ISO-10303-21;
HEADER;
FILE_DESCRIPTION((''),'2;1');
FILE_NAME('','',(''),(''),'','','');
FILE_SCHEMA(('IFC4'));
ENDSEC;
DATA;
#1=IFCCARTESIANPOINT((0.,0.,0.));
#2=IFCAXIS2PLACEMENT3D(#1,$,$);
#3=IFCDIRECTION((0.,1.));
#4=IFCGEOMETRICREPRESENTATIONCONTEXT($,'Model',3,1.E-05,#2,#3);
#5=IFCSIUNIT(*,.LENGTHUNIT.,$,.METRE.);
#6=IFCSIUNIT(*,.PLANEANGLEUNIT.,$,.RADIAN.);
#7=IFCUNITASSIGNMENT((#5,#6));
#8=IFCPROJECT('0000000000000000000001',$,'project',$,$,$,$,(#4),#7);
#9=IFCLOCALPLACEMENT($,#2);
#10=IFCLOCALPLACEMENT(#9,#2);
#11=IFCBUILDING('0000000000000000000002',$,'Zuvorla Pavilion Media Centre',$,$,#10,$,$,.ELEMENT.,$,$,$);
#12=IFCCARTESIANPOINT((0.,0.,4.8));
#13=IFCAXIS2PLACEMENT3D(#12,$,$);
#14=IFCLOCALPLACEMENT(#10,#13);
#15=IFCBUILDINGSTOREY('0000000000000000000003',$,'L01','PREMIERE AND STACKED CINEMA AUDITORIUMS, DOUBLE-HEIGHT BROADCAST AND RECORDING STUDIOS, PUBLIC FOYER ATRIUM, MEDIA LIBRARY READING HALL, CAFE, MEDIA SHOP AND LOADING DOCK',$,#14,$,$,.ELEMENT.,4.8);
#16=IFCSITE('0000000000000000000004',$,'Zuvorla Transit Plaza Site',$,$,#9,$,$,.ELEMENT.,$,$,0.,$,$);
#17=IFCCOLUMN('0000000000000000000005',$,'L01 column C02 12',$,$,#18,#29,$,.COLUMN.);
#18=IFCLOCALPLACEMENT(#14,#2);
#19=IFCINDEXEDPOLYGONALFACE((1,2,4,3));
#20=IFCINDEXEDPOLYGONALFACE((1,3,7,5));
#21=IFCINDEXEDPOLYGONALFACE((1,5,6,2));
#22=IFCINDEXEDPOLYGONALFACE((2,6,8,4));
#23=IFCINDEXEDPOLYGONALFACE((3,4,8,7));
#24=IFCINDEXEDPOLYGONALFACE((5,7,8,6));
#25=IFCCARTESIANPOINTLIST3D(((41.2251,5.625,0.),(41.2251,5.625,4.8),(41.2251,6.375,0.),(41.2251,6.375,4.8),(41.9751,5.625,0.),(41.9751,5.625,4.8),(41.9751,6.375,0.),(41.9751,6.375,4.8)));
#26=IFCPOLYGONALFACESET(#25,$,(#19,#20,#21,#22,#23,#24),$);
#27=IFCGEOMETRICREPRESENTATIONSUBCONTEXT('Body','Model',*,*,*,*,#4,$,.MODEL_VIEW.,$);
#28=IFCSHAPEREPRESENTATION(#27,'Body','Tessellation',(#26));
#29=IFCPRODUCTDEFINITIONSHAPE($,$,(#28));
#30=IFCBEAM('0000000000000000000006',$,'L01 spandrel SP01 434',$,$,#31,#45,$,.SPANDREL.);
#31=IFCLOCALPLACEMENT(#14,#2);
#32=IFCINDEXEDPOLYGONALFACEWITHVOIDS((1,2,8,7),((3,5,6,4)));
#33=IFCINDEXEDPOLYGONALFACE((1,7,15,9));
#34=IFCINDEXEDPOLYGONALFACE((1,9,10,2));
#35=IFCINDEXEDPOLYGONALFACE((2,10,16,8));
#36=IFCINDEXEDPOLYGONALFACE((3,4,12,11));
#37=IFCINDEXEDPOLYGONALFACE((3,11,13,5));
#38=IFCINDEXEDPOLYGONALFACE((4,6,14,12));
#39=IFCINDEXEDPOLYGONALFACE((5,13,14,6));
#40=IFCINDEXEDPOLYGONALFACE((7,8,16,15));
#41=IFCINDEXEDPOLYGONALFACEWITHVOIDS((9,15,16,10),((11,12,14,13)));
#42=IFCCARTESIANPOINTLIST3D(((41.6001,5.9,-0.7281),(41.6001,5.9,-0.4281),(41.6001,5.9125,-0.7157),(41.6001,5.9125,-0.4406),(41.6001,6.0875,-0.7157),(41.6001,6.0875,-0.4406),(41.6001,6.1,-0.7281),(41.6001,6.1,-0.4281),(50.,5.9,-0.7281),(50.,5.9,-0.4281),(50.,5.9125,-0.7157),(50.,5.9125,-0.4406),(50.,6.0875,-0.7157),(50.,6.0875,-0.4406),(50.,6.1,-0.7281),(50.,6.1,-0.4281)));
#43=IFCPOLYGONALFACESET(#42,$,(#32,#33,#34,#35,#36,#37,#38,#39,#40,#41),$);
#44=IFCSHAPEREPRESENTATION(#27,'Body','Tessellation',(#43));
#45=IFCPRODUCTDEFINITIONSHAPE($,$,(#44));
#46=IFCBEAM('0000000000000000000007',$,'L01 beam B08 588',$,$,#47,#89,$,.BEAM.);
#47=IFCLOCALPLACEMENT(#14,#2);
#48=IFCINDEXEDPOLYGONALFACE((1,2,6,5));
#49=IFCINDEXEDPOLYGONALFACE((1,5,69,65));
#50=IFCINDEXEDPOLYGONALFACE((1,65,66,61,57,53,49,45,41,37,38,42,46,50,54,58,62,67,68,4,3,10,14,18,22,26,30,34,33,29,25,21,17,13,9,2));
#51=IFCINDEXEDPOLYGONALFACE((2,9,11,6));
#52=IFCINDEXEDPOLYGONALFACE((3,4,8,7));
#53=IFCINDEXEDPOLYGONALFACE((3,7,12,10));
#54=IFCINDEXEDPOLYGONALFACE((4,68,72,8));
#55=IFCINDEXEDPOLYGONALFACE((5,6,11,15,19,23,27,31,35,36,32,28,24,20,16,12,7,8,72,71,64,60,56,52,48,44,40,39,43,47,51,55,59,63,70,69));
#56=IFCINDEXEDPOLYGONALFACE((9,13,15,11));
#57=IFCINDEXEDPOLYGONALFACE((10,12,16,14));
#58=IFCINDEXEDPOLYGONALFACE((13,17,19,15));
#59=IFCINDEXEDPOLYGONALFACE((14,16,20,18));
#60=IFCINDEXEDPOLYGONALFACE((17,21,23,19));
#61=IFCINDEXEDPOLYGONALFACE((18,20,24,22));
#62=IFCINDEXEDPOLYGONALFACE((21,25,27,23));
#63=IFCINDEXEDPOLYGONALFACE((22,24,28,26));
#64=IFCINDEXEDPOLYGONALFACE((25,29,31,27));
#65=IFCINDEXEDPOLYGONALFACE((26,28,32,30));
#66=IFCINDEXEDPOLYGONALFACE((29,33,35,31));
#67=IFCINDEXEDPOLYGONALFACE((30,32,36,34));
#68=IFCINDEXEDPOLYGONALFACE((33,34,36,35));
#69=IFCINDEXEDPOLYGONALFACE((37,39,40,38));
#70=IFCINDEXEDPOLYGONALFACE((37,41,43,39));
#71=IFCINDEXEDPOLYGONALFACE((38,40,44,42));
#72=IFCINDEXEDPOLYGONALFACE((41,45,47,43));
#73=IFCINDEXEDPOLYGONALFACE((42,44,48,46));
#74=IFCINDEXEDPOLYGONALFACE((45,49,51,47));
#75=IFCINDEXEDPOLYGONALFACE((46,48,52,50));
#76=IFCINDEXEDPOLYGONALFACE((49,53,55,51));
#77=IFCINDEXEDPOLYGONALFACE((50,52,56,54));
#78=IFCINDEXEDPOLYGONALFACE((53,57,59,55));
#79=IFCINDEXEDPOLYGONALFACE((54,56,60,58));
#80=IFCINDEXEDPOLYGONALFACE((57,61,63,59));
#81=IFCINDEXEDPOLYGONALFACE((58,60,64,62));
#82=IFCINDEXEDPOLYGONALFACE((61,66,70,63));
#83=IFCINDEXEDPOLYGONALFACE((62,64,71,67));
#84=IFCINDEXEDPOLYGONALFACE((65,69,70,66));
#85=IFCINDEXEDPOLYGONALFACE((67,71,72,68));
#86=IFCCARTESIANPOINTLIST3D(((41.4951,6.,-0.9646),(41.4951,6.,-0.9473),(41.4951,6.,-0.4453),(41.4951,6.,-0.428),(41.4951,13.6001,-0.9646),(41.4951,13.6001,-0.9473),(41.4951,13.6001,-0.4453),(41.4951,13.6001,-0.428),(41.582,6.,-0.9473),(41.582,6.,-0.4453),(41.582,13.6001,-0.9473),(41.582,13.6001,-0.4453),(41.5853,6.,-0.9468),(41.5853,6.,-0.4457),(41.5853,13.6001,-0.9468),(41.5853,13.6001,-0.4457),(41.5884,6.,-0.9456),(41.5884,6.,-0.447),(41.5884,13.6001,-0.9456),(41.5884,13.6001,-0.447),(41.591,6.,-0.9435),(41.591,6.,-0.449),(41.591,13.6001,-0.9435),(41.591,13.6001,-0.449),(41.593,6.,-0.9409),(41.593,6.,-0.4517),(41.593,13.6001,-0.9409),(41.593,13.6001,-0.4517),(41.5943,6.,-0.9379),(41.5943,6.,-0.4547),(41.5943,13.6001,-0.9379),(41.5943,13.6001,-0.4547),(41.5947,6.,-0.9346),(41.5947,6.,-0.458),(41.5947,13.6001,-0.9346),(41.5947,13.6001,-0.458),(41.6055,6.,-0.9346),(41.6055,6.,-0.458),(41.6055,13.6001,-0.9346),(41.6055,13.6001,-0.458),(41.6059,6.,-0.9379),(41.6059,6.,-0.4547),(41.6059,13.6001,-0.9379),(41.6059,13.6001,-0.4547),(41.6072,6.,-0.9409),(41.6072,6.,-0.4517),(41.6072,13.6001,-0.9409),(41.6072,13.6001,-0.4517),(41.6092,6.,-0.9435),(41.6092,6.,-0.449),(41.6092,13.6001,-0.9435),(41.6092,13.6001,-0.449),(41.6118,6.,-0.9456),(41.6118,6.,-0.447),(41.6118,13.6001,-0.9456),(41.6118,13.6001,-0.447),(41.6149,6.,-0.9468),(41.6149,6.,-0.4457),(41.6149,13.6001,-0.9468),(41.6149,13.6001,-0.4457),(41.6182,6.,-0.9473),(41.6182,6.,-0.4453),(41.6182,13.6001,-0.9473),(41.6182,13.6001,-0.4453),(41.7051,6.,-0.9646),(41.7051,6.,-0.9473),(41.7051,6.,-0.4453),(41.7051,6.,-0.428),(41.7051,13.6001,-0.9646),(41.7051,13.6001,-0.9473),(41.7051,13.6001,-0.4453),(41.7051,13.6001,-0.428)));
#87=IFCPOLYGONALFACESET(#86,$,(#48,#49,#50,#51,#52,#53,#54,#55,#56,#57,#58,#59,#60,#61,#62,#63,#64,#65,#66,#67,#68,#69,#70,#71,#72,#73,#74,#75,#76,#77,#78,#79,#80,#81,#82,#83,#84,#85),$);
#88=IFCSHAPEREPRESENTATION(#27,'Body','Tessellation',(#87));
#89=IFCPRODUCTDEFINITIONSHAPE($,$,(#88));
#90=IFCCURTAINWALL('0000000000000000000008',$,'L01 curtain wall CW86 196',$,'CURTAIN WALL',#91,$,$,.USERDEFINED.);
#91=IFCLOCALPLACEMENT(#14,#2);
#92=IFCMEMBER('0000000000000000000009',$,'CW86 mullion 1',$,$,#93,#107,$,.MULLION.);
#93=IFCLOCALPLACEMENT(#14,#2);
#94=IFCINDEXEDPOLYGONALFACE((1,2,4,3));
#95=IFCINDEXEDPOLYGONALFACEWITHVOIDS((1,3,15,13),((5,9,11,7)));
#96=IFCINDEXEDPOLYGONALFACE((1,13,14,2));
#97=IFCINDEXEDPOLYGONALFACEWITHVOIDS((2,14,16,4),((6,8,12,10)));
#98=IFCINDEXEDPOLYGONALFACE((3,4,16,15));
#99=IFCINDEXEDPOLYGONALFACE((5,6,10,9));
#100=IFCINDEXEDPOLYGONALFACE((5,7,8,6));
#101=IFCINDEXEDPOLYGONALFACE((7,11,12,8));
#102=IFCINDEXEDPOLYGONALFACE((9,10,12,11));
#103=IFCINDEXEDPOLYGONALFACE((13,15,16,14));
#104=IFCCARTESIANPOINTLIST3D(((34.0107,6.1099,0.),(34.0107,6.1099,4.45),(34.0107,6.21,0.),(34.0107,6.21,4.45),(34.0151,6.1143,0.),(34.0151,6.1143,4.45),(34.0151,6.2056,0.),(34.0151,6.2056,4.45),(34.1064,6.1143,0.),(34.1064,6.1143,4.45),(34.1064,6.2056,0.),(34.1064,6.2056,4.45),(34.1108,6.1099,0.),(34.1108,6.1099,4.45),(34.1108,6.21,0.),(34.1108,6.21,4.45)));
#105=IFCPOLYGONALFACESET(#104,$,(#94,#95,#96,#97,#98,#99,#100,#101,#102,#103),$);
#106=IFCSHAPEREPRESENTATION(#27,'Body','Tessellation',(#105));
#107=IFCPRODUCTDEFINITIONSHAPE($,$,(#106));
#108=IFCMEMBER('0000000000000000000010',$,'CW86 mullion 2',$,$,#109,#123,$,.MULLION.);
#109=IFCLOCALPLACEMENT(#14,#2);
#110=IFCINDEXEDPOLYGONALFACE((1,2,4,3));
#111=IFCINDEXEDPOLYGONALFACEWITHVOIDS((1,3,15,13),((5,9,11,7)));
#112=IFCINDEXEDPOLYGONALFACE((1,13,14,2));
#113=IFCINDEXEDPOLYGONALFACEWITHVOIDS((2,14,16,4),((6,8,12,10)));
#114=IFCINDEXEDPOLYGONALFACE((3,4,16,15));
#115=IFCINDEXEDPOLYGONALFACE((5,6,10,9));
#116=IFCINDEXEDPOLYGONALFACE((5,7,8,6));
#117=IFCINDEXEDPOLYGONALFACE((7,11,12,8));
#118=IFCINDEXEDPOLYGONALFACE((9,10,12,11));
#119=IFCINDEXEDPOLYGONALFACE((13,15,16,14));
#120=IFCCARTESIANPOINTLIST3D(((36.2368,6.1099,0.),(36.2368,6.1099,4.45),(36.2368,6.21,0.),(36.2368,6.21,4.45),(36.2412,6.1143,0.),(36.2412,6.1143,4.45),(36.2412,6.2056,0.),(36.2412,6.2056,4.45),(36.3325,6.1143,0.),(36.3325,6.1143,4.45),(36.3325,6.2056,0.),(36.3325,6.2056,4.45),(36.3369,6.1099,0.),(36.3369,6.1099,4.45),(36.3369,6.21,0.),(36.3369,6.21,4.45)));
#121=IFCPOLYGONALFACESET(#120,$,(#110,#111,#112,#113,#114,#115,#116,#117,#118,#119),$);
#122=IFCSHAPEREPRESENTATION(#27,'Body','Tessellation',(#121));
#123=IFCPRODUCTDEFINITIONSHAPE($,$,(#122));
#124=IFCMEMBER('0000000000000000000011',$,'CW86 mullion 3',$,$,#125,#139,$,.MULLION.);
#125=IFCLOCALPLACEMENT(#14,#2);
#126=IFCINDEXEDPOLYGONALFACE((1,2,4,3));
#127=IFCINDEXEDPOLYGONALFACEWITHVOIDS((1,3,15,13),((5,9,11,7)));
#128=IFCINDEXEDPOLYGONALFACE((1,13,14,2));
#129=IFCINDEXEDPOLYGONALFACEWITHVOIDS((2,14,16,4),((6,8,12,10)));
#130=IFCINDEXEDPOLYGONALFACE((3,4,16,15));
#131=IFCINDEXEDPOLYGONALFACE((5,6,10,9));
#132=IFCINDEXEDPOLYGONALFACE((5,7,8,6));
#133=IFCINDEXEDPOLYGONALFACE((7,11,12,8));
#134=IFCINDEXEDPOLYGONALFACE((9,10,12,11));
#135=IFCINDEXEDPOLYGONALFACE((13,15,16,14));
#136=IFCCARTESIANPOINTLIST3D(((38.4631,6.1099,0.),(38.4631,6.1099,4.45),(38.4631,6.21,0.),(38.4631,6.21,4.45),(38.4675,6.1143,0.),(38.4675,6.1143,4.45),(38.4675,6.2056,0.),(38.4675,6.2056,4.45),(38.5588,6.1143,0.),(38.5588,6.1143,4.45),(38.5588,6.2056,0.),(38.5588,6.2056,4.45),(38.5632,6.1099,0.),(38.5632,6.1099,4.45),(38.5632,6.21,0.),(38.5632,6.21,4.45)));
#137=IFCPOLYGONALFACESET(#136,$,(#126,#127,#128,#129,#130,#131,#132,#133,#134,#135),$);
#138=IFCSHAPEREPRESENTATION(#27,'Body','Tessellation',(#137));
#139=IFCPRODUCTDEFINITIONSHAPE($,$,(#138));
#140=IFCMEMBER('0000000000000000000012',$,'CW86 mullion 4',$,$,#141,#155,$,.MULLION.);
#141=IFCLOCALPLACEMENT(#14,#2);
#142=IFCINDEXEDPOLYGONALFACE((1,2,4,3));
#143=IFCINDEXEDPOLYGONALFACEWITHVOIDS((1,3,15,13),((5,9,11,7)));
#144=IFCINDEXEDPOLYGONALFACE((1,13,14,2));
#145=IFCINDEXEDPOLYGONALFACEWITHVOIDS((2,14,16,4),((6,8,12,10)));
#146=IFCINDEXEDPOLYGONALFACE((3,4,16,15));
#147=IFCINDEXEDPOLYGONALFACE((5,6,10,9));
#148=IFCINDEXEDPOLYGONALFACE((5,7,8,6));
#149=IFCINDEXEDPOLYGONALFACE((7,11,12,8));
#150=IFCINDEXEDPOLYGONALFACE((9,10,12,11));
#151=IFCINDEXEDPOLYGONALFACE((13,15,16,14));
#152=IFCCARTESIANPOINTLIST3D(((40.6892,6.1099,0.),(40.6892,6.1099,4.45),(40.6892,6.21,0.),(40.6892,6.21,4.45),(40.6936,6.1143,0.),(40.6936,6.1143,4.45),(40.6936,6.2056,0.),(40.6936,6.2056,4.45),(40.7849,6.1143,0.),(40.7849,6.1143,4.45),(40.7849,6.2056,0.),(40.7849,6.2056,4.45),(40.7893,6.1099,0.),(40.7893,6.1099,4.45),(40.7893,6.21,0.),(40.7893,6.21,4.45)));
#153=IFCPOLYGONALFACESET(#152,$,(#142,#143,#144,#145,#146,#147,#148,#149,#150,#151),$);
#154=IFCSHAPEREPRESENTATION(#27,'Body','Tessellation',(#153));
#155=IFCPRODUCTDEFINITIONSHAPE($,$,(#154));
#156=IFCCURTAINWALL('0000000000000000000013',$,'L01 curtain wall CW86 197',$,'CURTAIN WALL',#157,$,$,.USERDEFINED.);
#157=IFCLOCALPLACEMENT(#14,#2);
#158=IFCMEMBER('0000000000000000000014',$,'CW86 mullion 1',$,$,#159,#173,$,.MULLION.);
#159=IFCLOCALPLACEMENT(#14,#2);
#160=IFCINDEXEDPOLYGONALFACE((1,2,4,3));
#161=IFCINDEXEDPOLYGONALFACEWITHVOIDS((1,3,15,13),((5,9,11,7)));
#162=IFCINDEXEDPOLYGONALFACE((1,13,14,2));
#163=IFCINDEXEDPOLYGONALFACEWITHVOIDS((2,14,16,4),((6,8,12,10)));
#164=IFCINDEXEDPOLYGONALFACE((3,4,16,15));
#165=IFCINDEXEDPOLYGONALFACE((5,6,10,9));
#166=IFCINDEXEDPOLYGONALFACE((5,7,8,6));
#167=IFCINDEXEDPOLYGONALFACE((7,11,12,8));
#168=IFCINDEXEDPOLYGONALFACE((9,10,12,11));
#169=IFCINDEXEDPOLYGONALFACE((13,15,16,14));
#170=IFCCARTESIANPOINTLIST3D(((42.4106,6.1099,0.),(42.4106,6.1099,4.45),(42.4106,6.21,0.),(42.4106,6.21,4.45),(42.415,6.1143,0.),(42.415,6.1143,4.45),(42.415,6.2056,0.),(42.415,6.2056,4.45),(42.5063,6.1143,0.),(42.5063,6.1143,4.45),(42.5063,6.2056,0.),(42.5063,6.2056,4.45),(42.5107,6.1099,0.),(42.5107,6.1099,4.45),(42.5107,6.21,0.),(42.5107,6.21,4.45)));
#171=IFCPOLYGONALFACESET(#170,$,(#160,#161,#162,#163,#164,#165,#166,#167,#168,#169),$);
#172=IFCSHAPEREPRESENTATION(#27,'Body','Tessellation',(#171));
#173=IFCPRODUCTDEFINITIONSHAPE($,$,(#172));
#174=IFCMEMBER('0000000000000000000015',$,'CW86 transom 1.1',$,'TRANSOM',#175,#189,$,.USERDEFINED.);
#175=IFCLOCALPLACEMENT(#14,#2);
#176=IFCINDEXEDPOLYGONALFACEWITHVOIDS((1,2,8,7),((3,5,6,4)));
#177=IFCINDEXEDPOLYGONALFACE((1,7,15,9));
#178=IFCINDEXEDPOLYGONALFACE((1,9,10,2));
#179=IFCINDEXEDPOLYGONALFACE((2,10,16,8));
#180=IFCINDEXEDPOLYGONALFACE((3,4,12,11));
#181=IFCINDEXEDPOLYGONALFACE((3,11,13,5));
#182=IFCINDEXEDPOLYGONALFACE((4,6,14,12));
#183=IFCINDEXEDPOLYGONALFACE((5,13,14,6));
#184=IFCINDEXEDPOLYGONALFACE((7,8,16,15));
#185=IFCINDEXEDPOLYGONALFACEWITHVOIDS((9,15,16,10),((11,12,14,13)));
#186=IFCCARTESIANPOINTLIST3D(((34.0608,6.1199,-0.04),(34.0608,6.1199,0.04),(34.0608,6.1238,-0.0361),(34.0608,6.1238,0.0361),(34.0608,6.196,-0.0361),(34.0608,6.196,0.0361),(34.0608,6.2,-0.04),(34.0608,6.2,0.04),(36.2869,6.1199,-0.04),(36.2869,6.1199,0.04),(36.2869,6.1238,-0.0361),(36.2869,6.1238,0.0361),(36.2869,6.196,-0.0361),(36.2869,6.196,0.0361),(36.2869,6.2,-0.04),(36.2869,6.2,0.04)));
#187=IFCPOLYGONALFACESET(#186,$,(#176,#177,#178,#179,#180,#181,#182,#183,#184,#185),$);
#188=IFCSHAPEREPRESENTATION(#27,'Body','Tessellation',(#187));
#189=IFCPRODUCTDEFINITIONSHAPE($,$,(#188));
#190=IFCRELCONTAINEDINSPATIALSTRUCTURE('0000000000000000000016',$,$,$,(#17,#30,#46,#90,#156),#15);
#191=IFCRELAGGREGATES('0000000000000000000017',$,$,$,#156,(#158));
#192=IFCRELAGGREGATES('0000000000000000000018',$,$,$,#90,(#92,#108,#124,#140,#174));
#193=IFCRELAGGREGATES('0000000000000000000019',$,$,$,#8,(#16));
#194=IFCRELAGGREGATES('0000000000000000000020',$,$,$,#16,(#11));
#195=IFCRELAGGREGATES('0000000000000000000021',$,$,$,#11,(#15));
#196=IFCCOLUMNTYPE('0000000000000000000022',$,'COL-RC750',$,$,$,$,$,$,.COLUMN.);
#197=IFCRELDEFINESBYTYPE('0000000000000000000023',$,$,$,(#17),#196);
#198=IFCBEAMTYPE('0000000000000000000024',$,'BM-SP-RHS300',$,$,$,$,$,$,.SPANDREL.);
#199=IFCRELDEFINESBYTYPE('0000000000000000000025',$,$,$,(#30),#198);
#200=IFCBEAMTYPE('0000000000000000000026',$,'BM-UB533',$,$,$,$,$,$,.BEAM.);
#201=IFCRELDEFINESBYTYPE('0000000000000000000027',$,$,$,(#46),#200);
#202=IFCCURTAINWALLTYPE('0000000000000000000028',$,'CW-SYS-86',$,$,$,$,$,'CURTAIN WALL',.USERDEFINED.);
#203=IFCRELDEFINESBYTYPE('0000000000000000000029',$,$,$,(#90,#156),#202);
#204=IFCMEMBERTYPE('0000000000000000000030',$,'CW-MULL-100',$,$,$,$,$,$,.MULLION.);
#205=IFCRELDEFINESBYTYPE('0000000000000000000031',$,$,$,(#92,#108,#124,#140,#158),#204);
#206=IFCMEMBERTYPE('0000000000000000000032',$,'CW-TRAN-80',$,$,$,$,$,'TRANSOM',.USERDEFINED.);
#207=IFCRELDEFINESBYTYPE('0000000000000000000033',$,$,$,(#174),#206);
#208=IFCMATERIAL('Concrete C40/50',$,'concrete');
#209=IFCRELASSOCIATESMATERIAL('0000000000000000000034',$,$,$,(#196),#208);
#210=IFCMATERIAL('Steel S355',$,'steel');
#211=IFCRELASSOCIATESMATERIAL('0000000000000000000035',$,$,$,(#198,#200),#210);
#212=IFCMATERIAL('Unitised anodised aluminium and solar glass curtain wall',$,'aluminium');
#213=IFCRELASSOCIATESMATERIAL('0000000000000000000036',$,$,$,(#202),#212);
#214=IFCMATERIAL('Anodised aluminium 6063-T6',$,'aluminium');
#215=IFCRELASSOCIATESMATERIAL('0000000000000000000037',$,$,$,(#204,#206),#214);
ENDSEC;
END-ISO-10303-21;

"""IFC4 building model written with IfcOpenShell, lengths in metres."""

from ifc_helpers import new_model, si_unit, direction, frame, origin, origin_2d, place, context, subcontext, project, spatial, rectangle, hollow_rectangle, i_section, extrude, material, material_profile, profile_set, type_object, element, aggregate, save


model = new_model("IFC4")

# Units and contexts
model_context = context("Model", 3, precision=1e-05, world=origin(), true_north=direction((0.0, 1.0)))
body_context = subcontext(model_context, "Body", "Model", "MODEL_VIEW")
ifc_project = project(units=[si_unit("LENGTHUNIT", "METRE"), si_unit("PLANEANGLEUNIT", "RADIAN")], contexts=[model_context])

# Site, building, storey
site_placement = place(None, origin())
site = spatial("IfcSite", under=ifc_project, at=site_placement, Name="Zuvorla Transit Plaza Site", CompositionType="ELEMENT", RefElevation=0.0)
building_placement = place(site_placement, origin())
building = spatial("IfcBuilding", under=site, at=building_placement, Name="Zuvorla Pavilion Media Centre", CompositionType="ELEMENT")
storey_placement = place(building_placement, frame((0.0, 0.0, 4.8)))
storey = spatial("IfcBuildingStorey", under=building, at=storey_placement, Name="L01", Description="PREMIERE AND STACKED CINEMA AUDITORIUMS, DOUBLE-HEIGHT BROADCAST AND RECORDING STUDIOS, PUBLIC FOYER ATRIUM, MEDIA LIBRARY READING HALL, CAFE, MEDIA SHOP AND LOADING DOCK", CompositionType="ELEMENT", Elevation=4.8)

# Column
ifc_material_1 = material(Name="Concrete C40/50", Category="concrete")
ifc_material_profile_1 = material_profile(ifc_material_1, rectangle(XDim=0.75, YDim=0.75, at=origin_2d()), Name="RC 750x750")
ifc_profile_set_1 = profile_set([ifc_material_profile_1], Name="Concrete C40/50")
column_type = type_object("IfcColumnType", Name="COL-RC750", PredefinedType="COLUMN", material=ifc_profile_set_1)
column_placement = place(storey_placement, frame((41.6001, 6.0, 0.0), z_axis=(0.0, 0.0, 1.0), x_axis=(1.0, 0.0, 0.0)))
element("IfcColumn", 1, at=column_placement, inside=storey, type_object=column_type, Name="L01 column C02 12", PredefinedType="COLUMN", context=body_context, shape_type="SweptSolid", body=[
    extrude(rectangle(XDim=0.75, YDim=0.75, at=origin_2d()), origin(), (0.0, 0.0, 1.0), 4.8),
])

# Beams
ifc_material_2 = material(Name="Steel S355", Category="steel")
ifc_material_profile_2 = material_profile(ifc_material_2, hollow_rectangle(XDim=0.2, YDim=0.3, WallThickness=0.0125, at=origin_2d()), Name="RHS 300x200x12.5")
ifc_profile_set_2 = profile_set([ifc_material_profile_2], Name="Steel S355")
beam_type_1 = type_object("IfcBeamType", Name="BM-SP-RHS300", PredefinedType="SPANDREL", material=ifc_profile_set_2)
beam_1_placement = place(storey_placement, frame((41.6001, 6.0, -0.5781), z_axis=(1.0, 0.0, 0.0), x_axis=(0.0, 1.0, 0.0)))
element("IfcBeam", 2, at=beam_1_placement, inside=storey, type_object=beam_type_1, Name="L01 spandrel SP01 434", PredefinedType="SPANDREL", context=body_context, shape_type="SweptSolid", body=[
    extrude(hollow_rectangle(XDim=0.2, YDim=0.3, WallThickness=0.0125, at=origin_2d()), origin(), (0.0, 0.0, 1.0), 8.3999),
])
ifc_material_profile_3 = material_profile(ifc_material_2, i_section(OverallWidth=0.21, OverallDepth=0.5366, WebThickness=0.0107, FlangeThickness=0.0173, FilletRadius=0.0127, at=origin_2d()), Name="UB 533x210x101")
ifc_profile_set_3 = profile_set([ifc_material_profile_3], Name="Steel S355")
beam_type_2 = type_object("IfcBeamType", Name="BM-UB533", PredefinedType="BEAM", material=ifc_profile_set_3)
beam_2_placement = place(storey_placement, frame((41.6001, 6.0, -0.6963), z_axis=(0.0, 1.0, 0.0), x_axis=(-1.0, 0.0, 0.0)))
element("IfcBeam", 3, at=beam_2_placement, inside=storey, type_object=beam_type_2, Name="L01 beam B08 588", PredefinedType="BEAM", context=body_context, shape_type="SweptSolid", body=[
    extrude(i_section(OverallWidth=0.21, OverallDepth=0.5366, WebThickness=0.0107, FlangeThickness=0.0173, FilletRadius=0.0127, at=origin_2d()), origin(), (0.0, 0.0, 1.0), 7.6001),
])

# Curtain wall, members
ifc_material_3 = material(Name="Unitised anodised aluminium and solar glass curtain wall", Category="aluminium")
curtain_wall_type = type_object("IfcCurtainWallType", Name="CW-SYS-86", ElementType="CURTAIN WALL", PredefinedType="USERDEFINED", material=ifc_material_3)
curtain_wall_1_placement = place(storey_placement, origin())
curtain_wall_1 = element("IfcCurtainWall", 4, at=curtain_wall_1_placement, inside=storey, type_object=curtain_wall_type, Name="L01 curtain wall CW86 196", ObjectType="CURTAIN WALL", PredefinedType="USERDEFINED")
ifc_material_4 = material(Name="Anodised aluminium 6063-T6", Category="aluminium")
ifc_material_profile_4 = material_profile(ifc_material_4, hollow_rectangle(XDim=0.1001, YDim=0.1001, WallThickness=0.0044, at=origin_2d()), Name="ALU MULL 100x100")
ifc_profile_set_4 = profile_set([ifc_material_profile_4], Name="Anodised aluminium 6063-T6")
member_type_1 = type_object("IfcMemberType", Name="CW-MULL-100", PredefinedType="MULLION", material=ifc_profile_set_4)
member_1_placement = place(storey_placement, frame((34.0608, 6.1599, 0.0), z_axis=(0.0, 0.0, 1.0), x_axis=(1.0, 0.0, 0.0)))
member_1 = element("IfcMember", 5, at=member_1_placement, type_object=member_type_1, Name="CW86 mullion 1", PredefinedType="MULLION", context=body_context, shape_type="SweptSolid", body=[
    extrude(hollow_rectangle(XDim=0.1001, YDim=0.1001, WallThickness=0.0044, at=origin_2d()), origin(), (0.0, 0.0, 1.0), 4.45),
])
member_2_placement = place(storey_placement, frame((36.2869, 6.1599, 0.0), z_axis=(0.0, 0.0, 1.0), x_axis=(1.0, 0.0, 0.0)))
member_2 = element("IfcMember", 6, at=member_2_placement, type_object=member_type_1, Name="CW86 mullion 2", PredefinedType="MULLION", context=body_context, shape_type="SweptSolid", body=[
    extrude(hollow_rectangle(XDim=0.1001, YDim=0.1001, WallThickness=0.0044, at=origin_2d()), origin(), (0.0, 0.0, 1.0), 4.45),
])
member_3_placement = place(storey_placement, frame((38.5132, 6.1599, 0.0), z_axis=(0.0, 0.0, 1.0), x_axis=(1.0, 0.0, 0.0)))
member_3 = element("IfcMember", 7, at=member_3_placement, type_object=member_type_1, Name="CW86 mullion 3", PredefinedType="MULLION", context=body_context, shape_type="SweptSolid", body=[
    extrude(hollow_rectangle(XDim=0.1001, YDim=0.1001, WallThickness=0.0044, at=origin_2d()), origin(), (0.0, 0.0, 1.0), 4.45),
])
member_4_placement = place(storey_placement, frame((40.7393, 6.1599, 0.0), z_axis=(0.0, 0.0, 1.0), x_axis=(1.0, 0.0, 0.0)))
member_4 = element("IfcMember", 8, at=member_4_placement, type_object=member_type_1, Name="CW86 mullion 4", PredefinedType="MULLION", context=body_context, shape_type="SweptSolid", body=[
    extrude(hollow_rectangle(XDim=0.1001, YDim=0.1001, WallThickness=0.0044, at=origin_2d()), origin(), (0.0, 0.0, 1.0), 4.45),
])

# Curtain wall, member
curtain_wall_2_placement = place(storey_placement, origin())
curtain_wall_2 = element("IfcCurtainWall", 9, at=curtain_wall_2_placement, inside=storey, type_object=curtain_wall_type, Name="L01 curtain wall CW86 197", ObjectType="CURTAIN WALL", PredefinedType="USERDEFINED")
member_5_placement = place(storey_placement, frame((42.4607, 6.1599, 0.0), z_axis=(0.0, 0.0, 1.0), x_axis=(1.0, 0.0, 0.0)))
member_5 = element("IfcMember", 10, at=member_5_placement, type_object=member_type_1, Name="CW86 mullion 1", PredefinedType="MULLION", context=body_context, shape_type="SweptSolid", body=[
    extrude(hollow_rectangle(XDim=0.1001, YDim=0.1001, WallThickness=0.0044, at=origin_2d()), origin(), (0.0, 0.0, 1.0), 4.45),
])

# Member
ifc_material_profile_5 = material_profile(ifc_material_4, hollow_rectangle(XDim=0.0801, YDim=0.0801, WallThickness=0.0039, at=origin_2d()), Name="ALU TRAN 80x80")
ifc_profile_set_5 = profile_set([ifc_material_profile_5], Name="Anodised aluminium 6063-T6")
member_type_2 = type_object("IfcMemberType", Name="CW-TRAN-80", ElementType="TRANSOM", PredefinedType="USERDEFINED", material=ifc_profile_set_5)
member_6_placement = place(storey_placement, frame((34.0608, 6.1599, 0.0), z_axis=(1.0, 0.0, 0.0), x_axis=(0.0, 1.0, 0.0)))
member_6 = element("IfcMember", 11, at=member_6_placement, type_object=member_type_2, Name="CW86 transom 1.1", ObjectType="TRANSOM", PredefinedType="USERDEFINED", context=body_context, shape_type="SweptSolid", body=[
    extrude(hollow_rectangle(XDim=0.0801, YDim=0.0801, WallThickness=0.0039, at=origin_2d()), origin(), (0.0, 0.0, 1.0), 2.2261),
])
aggregate(curtain_wall_2, [member_5])

aggregate(curtain_wall_1, [member_1, member_2, member_3, member_4, member_6])

save(model, "model.ifc")
